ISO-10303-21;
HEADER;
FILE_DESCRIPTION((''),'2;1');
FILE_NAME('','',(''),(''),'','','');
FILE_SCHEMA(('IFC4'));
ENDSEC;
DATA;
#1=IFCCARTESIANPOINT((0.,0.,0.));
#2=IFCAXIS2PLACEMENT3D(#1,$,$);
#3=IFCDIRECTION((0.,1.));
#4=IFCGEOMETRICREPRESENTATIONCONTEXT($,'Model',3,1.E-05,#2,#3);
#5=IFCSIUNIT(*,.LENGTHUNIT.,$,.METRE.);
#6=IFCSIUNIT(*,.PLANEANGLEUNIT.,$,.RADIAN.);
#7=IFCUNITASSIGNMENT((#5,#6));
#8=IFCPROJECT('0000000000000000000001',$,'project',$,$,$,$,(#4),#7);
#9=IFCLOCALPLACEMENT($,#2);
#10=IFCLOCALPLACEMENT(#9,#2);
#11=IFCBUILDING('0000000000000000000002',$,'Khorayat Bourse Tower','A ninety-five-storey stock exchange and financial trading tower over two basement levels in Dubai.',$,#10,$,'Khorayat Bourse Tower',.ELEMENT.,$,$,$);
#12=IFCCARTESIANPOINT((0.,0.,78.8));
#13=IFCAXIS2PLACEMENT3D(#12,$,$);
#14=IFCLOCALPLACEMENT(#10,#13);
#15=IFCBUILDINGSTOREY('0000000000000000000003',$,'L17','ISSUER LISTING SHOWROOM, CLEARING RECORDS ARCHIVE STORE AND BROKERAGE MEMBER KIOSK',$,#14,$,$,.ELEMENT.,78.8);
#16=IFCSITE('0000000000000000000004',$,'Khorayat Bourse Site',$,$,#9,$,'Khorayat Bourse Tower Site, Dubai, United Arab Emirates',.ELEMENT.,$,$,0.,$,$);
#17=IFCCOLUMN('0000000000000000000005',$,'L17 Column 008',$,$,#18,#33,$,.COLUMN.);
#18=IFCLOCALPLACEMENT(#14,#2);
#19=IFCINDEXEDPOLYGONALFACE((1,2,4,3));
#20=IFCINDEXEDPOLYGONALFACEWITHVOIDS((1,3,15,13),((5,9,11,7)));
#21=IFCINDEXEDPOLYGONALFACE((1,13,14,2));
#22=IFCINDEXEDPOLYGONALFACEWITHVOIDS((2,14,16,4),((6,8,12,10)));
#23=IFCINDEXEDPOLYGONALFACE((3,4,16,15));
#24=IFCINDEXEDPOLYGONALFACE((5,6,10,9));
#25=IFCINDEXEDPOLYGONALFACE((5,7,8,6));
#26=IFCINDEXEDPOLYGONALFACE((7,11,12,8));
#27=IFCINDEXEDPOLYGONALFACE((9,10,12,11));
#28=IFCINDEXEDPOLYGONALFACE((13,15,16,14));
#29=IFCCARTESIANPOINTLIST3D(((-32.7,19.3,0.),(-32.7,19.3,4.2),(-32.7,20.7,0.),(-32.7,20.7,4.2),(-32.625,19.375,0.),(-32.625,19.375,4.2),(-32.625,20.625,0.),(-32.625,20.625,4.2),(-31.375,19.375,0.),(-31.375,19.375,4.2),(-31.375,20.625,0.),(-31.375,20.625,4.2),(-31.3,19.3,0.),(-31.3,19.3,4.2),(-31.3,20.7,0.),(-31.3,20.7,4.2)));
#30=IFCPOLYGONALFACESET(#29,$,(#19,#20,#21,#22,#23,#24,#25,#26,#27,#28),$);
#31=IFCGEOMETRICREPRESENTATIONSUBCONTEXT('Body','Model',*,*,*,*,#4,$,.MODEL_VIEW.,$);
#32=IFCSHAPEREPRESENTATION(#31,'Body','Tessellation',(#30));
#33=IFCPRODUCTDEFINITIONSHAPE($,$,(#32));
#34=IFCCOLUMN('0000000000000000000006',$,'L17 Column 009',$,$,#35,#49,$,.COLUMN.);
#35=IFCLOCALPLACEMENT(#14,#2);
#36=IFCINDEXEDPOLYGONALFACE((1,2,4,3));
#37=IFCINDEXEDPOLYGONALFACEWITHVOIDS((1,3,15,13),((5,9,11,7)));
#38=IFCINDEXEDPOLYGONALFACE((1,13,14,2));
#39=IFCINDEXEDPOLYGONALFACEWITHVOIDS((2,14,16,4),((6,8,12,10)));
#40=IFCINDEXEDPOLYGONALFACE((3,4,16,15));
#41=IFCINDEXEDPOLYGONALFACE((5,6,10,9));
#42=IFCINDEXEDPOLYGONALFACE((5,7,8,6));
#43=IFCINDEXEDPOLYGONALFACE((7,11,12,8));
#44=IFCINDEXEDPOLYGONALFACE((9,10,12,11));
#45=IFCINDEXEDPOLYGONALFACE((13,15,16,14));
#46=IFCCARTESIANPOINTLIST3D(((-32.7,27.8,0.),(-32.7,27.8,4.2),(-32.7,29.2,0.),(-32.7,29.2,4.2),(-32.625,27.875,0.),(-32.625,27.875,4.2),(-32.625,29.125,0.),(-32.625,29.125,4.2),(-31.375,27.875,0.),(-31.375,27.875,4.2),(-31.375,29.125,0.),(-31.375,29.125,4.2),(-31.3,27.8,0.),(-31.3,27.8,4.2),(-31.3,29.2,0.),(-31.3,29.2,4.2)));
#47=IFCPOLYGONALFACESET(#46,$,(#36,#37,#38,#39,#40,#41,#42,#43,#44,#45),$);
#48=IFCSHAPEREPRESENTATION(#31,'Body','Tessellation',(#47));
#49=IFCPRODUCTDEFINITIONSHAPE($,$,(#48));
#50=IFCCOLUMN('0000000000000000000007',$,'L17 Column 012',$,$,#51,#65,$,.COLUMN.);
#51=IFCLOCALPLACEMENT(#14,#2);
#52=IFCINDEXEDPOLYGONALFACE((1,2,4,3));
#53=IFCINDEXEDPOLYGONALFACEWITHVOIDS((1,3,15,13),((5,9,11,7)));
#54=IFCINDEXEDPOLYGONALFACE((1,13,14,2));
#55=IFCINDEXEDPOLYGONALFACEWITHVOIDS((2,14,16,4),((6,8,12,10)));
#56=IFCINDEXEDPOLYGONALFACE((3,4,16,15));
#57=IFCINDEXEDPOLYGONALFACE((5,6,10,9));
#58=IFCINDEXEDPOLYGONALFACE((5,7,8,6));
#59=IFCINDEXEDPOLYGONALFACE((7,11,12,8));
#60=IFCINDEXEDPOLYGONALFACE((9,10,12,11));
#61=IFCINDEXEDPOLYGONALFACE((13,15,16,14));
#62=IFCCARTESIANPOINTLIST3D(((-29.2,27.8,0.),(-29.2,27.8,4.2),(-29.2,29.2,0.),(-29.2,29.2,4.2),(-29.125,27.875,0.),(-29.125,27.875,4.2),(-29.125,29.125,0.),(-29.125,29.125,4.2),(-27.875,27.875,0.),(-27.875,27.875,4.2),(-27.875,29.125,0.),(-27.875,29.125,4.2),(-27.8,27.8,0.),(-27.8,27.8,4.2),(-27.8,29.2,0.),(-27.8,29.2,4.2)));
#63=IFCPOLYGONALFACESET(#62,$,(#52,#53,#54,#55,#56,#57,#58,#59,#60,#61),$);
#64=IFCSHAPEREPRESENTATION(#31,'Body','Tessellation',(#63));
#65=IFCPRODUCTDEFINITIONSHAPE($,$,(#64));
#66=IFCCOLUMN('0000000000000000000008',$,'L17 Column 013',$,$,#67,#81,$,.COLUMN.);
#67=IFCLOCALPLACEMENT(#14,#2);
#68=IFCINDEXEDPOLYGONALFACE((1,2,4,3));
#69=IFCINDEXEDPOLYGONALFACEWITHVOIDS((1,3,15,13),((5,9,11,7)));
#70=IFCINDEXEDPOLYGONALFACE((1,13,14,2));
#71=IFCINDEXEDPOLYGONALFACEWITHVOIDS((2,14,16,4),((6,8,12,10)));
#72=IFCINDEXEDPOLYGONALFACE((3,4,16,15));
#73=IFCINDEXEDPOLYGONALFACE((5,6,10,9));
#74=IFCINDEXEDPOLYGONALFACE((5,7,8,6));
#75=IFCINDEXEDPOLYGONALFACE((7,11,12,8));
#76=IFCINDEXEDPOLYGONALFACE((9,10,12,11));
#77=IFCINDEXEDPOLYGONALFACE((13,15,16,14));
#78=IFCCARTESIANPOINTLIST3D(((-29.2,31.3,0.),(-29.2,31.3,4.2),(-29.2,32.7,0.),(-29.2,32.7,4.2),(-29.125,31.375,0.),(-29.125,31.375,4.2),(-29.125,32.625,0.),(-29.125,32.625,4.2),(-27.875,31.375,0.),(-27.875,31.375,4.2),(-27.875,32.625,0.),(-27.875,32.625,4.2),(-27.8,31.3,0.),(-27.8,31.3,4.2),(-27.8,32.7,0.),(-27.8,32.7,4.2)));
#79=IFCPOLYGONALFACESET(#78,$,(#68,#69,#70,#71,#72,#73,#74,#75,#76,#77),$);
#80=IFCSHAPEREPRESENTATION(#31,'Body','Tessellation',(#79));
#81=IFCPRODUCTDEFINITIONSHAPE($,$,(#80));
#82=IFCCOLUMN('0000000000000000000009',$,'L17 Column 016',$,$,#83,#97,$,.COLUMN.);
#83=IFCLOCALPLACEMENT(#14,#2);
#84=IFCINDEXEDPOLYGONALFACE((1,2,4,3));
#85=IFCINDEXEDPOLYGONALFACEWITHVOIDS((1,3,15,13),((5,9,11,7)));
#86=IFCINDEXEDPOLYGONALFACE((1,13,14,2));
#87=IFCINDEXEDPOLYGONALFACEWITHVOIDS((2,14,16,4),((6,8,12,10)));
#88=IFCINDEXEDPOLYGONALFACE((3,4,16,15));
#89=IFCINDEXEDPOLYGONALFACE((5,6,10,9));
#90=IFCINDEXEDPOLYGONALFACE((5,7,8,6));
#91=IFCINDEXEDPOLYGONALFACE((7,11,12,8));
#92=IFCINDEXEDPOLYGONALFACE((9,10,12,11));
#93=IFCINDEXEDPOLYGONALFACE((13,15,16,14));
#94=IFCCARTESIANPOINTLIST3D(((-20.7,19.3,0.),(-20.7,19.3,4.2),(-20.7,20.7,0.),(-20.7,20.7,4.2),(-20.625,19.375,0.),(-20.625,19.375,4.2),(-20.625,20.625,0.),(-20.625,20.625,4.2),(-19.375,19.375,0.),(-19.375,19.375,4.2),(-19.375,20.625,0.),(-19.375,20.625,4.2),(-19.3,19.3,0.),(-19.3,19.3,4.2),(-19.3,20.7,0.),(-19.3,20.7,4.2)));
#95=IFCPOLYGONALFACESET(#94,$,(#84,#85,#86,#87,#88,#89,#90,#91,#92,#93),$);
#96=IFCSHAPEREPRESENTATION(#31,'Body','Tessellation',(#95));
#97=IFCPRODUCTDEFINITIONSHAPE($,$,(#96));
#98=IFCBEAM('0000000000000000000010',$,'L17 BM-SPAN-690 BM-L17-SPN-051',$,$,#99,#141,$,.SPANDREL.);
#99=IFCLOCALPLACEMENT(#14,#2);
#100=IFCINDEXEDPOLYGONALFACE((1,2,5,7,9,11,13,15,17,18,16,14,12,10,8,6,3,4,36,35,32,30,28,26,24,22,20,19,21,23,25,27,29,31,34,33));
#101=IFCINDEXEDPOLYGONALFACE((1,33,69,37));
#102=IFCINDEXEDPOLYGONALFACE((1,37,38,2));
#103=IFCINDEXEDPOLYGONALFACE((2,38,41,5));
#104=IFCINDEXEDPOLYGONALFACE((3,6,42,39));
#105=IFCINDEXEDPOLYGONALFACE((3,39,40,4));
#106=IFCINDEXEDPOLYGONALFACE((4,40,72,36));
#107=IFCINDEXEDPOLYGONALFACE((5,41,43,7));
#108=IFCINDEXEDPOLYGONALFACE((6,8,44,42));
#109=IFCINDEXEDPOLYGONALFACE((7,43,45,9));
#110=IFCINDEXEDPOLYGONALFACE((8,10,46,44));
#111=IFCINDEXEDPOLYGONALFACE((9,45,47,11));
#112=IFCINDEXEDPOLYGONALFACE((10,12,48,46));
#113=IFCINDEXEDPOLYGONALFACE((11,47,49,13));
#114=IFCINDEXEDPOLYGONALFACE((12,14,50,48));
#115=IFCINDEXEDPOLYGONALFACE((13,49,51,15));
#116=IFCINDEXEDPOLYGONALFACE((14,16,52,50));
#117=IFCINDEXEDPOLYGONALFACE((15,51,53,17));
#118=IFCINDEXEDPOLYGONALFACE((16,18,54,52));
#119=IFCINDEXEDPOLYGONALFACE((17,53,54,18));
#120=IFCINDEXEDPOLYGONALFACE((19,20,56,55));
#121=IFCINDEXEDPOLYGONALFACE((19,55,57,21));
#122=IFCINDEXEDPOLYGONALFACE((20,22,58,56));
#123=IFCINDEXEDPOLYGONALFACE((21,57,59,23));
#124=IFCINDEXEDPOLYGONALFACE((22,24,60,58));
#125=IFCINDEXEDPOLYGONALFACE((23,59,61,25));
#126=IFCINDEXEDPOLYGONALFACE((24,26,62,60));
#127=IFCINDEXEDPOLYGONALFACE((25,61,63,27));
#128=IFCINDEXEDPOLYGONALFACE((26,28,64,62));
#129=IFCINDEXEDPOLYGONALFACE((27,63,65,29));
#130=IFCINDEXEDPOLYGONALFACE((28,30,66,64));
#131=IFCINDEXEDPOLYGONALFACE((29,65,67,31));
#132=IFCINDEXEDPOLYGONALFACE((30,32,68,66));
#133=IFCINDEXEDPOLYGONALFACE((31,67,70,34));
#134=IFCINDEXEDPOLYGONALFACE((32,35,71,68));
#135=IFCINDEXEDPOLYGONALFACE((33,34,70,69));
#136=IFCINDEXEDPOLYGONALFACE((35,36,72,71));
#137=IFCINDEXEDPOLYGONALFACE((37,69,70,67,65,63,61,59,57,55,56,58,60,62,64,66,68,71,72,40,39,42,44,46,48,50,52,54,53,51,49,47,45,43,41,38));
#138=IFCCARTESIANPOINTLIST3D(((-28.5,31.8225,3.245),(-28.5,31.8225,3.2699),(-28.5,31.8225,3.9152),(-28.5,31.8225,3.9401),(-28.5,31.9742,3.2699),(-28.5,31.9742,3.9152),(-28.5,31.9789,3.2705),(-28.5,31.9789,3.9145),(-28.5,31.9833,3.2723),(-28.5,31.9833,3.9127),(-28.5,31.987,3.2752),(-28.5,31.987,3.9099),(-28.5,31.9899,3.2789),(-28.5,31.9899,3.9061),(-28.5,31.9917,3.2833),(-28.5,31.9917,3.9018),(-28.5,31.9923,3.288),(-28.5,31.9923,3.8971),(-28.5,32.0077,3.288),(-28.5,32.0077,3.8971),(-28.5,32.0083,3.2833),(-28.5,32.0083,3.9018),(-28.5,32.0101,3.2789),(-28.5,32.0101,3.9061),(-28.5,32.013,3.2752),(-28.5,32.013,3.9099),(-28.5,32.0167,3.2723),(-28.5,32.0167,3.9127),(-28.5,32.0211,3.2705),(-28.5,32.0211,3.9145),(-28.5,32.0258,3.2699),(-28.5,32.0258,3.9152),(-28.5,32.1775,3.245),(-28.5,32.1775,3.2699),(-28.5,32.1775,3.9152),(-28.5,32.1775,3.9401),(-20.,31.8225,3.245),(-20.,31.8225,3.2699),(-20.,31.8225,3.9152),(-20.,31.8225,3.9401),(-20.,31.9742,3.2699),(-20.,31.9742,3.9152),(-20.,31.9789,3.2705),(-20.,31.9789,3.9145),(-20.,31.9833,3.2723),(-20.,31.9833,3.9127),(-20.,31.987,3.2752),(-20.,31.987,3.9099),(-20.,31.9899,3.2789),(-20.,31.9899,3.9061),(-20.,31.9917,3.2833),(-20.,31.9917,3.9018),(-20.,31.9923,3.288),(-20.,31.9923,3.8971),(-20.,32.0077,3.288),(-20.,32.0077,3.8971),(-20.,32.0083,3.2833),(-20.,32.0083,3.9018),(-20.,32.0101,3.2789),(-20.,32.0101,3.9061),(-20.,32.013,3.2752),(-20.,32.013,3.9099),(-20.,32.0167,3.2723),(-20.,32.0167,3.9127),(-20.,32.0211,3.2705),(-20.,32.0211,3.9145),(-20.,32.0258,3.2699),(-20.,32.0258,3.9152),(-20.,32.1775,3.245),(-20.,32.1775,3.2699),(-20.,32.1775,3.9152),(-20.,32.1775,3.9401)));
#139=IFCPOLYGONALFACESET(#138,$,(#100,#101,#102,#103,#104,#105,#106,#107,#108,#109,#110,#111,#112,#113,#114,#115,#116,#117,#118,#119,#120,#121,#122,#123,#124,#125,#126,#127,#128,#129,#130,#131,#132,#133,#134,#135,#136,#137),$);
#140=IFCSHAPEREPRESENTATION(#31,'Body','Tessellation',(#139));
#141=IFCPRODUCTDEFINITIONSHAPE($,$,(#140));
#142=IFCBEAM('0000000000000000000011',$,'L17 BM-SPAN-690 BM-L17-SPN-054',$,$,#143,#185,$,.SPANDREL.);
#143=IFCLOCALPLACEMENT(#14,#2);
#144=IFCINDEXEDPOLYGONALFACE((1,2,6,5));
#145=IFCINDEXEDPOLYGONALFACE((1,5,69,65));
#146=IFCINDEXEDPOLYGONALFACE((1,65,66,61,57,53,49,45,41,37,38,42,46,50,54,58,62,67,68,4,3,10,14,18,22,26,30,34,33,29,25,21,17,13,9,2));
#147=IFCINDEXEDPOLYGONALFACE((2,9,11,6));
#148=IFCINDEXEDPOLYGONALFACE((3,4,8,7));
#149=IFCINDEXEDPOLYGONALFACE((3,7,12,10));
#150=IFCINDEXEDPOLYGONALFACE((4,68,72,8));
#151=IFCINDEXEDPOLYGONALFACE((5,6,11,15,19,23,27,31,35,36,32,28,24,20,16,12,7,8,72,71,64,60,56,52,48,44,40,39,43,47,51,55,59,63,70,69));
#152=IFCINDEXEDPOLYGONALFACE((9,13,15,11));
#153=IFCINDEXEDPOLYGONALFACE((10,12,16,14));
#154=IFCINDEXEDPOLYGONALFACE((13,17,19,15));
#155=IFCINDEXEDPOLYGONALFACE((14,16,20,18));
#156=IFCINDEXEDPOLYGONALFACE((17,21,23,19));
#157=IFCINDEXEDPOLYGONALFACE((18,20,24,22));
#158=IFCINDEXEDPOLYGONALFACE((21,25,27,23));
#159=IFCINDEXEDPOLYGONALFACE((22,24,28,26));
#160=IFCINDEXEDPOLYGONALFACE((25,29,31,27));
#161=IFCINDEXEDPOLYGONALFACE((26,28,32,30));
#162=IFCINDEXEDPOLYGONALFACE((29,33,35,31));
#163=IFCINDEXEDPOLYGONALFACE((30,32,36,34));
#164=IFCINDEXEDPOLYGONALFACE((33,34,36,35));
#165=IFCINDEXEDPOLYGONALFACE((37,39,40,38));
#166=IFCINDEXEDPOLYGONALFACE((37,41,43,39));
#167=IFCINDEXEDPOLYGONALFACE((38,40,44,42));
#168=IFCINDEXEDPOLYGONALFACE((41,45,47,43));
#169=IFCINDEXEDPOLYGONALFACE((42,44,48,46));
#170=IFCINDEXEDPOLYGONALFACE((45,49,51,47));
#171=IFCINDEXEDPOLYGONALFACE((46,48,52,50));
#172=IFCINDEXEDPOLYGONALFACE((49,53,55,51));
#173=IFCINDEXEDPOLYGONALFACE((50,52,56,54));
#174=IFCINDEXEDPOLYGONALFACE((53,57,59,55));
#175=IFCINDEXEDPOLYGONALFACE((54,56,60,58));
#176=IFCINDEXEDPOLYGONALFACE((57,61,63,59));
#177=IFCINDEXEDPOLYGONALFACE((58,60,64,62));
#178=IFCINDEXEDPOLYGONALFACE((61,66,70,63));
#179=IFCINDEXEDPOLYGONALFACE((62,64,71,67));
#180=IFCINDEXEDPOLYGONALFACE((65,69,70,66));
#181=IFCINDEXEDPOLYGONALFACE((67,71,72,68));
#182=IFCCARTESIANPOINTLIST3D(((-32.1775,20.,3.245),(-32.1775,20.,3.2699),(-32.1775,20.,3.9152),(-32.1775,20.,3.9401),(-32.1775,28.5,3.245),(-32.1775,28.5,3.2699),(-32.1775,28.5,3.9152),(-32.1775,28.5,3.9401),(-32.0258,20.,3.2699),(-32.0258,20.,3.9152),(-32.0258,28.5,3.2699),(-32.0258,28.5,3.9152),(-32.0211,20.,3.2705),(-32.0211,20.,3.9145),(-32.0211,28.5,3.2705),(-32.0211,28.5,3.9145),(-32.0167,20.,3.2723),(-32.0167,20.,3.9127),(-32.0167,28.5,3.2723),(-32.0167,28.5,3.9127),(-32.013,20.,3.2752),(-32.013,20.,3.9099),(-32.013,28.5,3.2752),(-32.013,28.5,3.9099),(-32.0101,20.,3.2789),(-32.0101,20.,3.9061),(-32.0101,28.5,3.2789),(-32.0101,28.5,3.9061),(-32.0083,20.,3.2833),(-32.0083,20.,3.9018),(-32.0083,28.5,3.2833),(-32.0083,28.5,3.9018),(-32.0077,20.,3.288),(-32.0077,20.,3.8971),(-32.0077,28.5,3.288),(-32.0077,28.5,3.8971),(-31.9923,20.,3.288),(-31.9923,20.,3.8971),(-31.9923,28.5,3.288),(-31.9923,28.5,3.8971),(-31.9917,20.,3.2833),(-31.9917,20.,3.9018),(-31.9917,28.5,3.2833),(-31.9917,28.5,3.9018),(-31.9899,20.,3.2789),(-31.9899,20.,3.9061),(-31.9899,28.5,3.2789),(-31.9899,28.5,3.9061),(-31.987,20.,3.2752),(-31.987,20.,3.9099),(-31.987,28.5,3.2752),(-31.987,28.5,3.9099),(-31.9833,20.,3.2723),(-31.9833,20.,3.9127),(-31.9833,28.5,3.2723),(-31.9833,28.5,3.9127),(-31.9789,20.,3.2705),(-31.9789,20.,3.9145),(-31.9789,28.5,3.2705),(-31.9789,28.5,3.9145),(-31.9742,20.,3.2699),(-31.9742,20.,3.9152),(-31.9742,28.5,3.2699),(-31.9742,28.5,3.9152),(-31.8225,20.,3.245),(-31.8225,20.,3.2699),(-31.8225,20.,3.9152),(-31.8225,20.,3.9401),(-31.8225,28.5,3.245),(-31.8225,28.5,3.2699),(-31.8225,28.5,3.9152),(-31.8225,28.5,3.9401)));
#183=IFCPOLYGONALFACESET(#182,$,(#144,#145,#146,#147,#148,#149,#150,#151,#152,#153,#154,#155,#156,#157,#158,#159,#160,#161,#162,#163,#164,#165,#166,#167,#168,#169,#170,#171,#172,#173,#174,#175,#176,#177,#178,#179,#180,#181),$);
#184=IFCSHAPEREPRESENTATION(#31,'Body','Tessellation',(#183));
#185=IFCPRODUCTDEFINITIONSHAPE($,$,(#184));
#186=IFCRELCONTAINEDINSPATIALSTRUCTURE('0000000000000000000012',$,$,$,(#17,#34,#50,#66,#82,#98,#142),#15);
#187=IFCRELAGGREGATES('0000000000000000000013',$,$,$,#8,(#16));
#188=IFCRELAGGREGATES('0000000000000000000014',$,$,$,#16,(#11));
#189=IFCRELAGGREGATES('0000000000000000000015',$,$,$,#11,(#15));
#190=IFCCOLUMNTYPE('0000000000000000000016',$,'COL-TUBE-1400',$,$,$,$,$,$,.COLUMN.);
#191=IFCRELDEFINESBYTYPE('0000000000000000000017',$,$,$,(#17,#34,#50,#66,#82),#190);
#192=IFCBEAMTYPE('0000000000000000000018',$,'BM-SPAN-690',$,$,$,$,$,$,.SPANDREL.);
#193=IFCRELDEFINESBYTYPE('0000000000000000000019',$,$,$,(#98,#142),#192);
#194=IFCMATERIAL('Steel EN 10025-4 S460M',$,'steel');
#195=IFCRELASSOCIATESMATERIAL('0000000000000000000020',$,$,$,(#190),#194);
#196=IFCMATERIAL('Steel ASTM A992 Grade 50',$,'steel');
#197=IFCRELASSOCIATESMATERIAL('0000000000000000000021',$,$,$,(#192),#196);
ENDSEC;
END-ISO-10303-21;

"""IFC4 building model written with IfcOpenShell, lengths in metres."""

from ifc_helpers import new_model, si_unit, direction, frame, origin, origin_2d, place, context, subcontext, project, spatial, hollow_rectangle, i_section, extrude, source, transform, mapped, material, material_profile, profile_set, type_object, element, save


model = new_model("IFC4")

# Units and contexts
model_context = context("Model", 3, precision=1e-05, world=origin(), true_north=direction((0.0, 1.0)))
body_context = subcontext(model_context, "Body", "Model", "MODEL_VIEW")
ifc_project = project(units=[si_unit("LENGTHUNIT", "METRE"), si_unit("PLANEANGLEUNIT", "RADIAN")], contexts=[model_context])

# Site, building, storey
site_placement = place(None, origin())
site = spatial("IfcSite", under=ifc_project, at=site_placement, Name="Khorayat Bourse Site", LongName="Khorayat Bourse Tower Site, Dubai, United Arab Emirates", CompositionType="ELEMENT", RefElevation=0.0)
building_placement = place(site_placement, origin())
building = spatial("IfcBuilding", under=site, at=building_placement, Name="Khorayat Bourse Tower", Description="A ninety-five-storey stock exchange and financial trading tower over two basement levels in Dubai.", LongName="Khorayat Bourse Tower", CompositionType="ELEMENT")
storey_placement = place(building_placement, frame((0.0, 0.0, 78.8)))
storey = spatial("IfcBuildingStorey", under=building, at=storey_placement, Name="L17", Description="ISSUER LISTING SHOWROOM, CLEARING RECORDS ARCHIVE STORE AND BROKERAGE MEMBER KIOSK", CompositionType="ELEMENT", Elevation=78.8)

# Columns
ifc_material_1 = material(Name="Steel EN 10025-4 S460M", Category="steel")
ifc_material_profile_1 = material_profile(ifc_material_1, hollow_rectangle(XDim=1.3999, YDim=1.3999, WallThickness=0.075, at=origin_2d()), Name="BOX 1400x1400x75")
ifc_profile_set_1 = profile_set([ifc_material_profile_1], Name="Steel EN 10025-4 S460M")
column_type = type_object("IfcColumnType", Name="COL-TUBE-1400", PredefinedType="COLUMN", material=ifc_profile_set_1)
shared_shape_1 = source(origin(), body_context, "Body", "SweptSolid", [
    extrude(hollow_rectangle(XDim=1.3999, YDim=1.3999, WallThickness=0.075, at=origin_2d()), origin(), (0.0, 0.0, 1.0), 4.2),
])
for number, where, z_axis, x_axis, name in (
    (1, (-32.0, 20.0, 0.0), (0.0, 0.0, 1.0), (1.0, 0.0, 0.0), "L17 Column 008"),
    (2, (-32.0, 28.5, 0.0), (0.0, 0.0, 1.0), (1.0, 0.0, 0.0), "L17 Column 009"),
    (3, (-28.5, 28.5, 0.0), (0.0, 0.0, 1.0), (1.0, 0.0, 0.0), "L17 Column 012"),
    (4, (-28.5, 32.0, 0.0), (0.0, 0.0, 1.0), (1.0, 0.0, 0.0), "L17 Column 013"),
    (5, (-20.0, 20.0, 0.0), (0.0, 0.0, 1.0), (1.0, 0.0, 0.0), "L17 Column 016"),
):
    element("IfcColumn", number, at=place(storey_placement, frame(where, z_axis=z_axis, x_axis=x_axis)), inside=storey, type_object=column_type, Name=name, PredefinedType="COLUMN", context=body_context, shape_type="MappedRepresentation", body=[
        mapped(shared_shape_1, transform((0.0, 0.0, 0.0), scale=1.0)),
    ])

# Beams
ifc_material_2 = material(Name="Steel ASTM A992 Grade 50", Category="steel")
ifc_material_profile_2 = material_profile(ifc_material_2, i_section(OverallWidth=0.355, OverallDepth=0.6951, WebThickness=0.0154, FlangeThickness=0.0249, FilletRadius=0.0181, at=origin_2d()), Name="W690X217")
ifc_profile_set_2 = profile_set([ifc_material_profile_2], Name="Steel ASTM A992 Grade 50")
beam_type_1 = type_object("IfcBeamType", Name="BM-SPAN-690", PredefinedType="SPANDREL", material=ifc_profile_set_2)
shared_shape_2 = source(origin(), body_context, "Body", "SweptSolid", [
    extrude(i_section(OverallWidth=0.355, OverallDepth=0.6951, WebThickness=0.0154, FlangeThickness=0.0249, FilletRadius=0.0181, at=origin_2d()), origin(), (0.0, 0.0, 1.0), 8.5),
])
for number, where, z_axis, x_axis, name in (
    (6, (-28.5, 32.0, 3.5925), (1.0, 0.0, 0.0), (0.0, 1.0, 0.0), "L17 BM-SPAN-690 BM-L17-SPN-051"),
    (7, (-32.0, 20.0, 3.5925), (0.0, 1.0, 0.0), (-1.0, 0.0, 0.0), "L17 BM-SPAN-690 BM-L17-SPN-054"),
):
    element("IfcBeam", number, at=place(storey_placement, frame(where, z_axis=z_axis, x_axis=x_axis)), inside=storey, type_object=beam_type_1, Name=name, PredefinedType="SPANDREL", context=body_context, shape_type="MappedRepresentation", body=[
        mapped(shared_shape_2, transform((0.0, 0.0, 0.0), scale=1.0)),
    ])

save(model, "model.ifc")
